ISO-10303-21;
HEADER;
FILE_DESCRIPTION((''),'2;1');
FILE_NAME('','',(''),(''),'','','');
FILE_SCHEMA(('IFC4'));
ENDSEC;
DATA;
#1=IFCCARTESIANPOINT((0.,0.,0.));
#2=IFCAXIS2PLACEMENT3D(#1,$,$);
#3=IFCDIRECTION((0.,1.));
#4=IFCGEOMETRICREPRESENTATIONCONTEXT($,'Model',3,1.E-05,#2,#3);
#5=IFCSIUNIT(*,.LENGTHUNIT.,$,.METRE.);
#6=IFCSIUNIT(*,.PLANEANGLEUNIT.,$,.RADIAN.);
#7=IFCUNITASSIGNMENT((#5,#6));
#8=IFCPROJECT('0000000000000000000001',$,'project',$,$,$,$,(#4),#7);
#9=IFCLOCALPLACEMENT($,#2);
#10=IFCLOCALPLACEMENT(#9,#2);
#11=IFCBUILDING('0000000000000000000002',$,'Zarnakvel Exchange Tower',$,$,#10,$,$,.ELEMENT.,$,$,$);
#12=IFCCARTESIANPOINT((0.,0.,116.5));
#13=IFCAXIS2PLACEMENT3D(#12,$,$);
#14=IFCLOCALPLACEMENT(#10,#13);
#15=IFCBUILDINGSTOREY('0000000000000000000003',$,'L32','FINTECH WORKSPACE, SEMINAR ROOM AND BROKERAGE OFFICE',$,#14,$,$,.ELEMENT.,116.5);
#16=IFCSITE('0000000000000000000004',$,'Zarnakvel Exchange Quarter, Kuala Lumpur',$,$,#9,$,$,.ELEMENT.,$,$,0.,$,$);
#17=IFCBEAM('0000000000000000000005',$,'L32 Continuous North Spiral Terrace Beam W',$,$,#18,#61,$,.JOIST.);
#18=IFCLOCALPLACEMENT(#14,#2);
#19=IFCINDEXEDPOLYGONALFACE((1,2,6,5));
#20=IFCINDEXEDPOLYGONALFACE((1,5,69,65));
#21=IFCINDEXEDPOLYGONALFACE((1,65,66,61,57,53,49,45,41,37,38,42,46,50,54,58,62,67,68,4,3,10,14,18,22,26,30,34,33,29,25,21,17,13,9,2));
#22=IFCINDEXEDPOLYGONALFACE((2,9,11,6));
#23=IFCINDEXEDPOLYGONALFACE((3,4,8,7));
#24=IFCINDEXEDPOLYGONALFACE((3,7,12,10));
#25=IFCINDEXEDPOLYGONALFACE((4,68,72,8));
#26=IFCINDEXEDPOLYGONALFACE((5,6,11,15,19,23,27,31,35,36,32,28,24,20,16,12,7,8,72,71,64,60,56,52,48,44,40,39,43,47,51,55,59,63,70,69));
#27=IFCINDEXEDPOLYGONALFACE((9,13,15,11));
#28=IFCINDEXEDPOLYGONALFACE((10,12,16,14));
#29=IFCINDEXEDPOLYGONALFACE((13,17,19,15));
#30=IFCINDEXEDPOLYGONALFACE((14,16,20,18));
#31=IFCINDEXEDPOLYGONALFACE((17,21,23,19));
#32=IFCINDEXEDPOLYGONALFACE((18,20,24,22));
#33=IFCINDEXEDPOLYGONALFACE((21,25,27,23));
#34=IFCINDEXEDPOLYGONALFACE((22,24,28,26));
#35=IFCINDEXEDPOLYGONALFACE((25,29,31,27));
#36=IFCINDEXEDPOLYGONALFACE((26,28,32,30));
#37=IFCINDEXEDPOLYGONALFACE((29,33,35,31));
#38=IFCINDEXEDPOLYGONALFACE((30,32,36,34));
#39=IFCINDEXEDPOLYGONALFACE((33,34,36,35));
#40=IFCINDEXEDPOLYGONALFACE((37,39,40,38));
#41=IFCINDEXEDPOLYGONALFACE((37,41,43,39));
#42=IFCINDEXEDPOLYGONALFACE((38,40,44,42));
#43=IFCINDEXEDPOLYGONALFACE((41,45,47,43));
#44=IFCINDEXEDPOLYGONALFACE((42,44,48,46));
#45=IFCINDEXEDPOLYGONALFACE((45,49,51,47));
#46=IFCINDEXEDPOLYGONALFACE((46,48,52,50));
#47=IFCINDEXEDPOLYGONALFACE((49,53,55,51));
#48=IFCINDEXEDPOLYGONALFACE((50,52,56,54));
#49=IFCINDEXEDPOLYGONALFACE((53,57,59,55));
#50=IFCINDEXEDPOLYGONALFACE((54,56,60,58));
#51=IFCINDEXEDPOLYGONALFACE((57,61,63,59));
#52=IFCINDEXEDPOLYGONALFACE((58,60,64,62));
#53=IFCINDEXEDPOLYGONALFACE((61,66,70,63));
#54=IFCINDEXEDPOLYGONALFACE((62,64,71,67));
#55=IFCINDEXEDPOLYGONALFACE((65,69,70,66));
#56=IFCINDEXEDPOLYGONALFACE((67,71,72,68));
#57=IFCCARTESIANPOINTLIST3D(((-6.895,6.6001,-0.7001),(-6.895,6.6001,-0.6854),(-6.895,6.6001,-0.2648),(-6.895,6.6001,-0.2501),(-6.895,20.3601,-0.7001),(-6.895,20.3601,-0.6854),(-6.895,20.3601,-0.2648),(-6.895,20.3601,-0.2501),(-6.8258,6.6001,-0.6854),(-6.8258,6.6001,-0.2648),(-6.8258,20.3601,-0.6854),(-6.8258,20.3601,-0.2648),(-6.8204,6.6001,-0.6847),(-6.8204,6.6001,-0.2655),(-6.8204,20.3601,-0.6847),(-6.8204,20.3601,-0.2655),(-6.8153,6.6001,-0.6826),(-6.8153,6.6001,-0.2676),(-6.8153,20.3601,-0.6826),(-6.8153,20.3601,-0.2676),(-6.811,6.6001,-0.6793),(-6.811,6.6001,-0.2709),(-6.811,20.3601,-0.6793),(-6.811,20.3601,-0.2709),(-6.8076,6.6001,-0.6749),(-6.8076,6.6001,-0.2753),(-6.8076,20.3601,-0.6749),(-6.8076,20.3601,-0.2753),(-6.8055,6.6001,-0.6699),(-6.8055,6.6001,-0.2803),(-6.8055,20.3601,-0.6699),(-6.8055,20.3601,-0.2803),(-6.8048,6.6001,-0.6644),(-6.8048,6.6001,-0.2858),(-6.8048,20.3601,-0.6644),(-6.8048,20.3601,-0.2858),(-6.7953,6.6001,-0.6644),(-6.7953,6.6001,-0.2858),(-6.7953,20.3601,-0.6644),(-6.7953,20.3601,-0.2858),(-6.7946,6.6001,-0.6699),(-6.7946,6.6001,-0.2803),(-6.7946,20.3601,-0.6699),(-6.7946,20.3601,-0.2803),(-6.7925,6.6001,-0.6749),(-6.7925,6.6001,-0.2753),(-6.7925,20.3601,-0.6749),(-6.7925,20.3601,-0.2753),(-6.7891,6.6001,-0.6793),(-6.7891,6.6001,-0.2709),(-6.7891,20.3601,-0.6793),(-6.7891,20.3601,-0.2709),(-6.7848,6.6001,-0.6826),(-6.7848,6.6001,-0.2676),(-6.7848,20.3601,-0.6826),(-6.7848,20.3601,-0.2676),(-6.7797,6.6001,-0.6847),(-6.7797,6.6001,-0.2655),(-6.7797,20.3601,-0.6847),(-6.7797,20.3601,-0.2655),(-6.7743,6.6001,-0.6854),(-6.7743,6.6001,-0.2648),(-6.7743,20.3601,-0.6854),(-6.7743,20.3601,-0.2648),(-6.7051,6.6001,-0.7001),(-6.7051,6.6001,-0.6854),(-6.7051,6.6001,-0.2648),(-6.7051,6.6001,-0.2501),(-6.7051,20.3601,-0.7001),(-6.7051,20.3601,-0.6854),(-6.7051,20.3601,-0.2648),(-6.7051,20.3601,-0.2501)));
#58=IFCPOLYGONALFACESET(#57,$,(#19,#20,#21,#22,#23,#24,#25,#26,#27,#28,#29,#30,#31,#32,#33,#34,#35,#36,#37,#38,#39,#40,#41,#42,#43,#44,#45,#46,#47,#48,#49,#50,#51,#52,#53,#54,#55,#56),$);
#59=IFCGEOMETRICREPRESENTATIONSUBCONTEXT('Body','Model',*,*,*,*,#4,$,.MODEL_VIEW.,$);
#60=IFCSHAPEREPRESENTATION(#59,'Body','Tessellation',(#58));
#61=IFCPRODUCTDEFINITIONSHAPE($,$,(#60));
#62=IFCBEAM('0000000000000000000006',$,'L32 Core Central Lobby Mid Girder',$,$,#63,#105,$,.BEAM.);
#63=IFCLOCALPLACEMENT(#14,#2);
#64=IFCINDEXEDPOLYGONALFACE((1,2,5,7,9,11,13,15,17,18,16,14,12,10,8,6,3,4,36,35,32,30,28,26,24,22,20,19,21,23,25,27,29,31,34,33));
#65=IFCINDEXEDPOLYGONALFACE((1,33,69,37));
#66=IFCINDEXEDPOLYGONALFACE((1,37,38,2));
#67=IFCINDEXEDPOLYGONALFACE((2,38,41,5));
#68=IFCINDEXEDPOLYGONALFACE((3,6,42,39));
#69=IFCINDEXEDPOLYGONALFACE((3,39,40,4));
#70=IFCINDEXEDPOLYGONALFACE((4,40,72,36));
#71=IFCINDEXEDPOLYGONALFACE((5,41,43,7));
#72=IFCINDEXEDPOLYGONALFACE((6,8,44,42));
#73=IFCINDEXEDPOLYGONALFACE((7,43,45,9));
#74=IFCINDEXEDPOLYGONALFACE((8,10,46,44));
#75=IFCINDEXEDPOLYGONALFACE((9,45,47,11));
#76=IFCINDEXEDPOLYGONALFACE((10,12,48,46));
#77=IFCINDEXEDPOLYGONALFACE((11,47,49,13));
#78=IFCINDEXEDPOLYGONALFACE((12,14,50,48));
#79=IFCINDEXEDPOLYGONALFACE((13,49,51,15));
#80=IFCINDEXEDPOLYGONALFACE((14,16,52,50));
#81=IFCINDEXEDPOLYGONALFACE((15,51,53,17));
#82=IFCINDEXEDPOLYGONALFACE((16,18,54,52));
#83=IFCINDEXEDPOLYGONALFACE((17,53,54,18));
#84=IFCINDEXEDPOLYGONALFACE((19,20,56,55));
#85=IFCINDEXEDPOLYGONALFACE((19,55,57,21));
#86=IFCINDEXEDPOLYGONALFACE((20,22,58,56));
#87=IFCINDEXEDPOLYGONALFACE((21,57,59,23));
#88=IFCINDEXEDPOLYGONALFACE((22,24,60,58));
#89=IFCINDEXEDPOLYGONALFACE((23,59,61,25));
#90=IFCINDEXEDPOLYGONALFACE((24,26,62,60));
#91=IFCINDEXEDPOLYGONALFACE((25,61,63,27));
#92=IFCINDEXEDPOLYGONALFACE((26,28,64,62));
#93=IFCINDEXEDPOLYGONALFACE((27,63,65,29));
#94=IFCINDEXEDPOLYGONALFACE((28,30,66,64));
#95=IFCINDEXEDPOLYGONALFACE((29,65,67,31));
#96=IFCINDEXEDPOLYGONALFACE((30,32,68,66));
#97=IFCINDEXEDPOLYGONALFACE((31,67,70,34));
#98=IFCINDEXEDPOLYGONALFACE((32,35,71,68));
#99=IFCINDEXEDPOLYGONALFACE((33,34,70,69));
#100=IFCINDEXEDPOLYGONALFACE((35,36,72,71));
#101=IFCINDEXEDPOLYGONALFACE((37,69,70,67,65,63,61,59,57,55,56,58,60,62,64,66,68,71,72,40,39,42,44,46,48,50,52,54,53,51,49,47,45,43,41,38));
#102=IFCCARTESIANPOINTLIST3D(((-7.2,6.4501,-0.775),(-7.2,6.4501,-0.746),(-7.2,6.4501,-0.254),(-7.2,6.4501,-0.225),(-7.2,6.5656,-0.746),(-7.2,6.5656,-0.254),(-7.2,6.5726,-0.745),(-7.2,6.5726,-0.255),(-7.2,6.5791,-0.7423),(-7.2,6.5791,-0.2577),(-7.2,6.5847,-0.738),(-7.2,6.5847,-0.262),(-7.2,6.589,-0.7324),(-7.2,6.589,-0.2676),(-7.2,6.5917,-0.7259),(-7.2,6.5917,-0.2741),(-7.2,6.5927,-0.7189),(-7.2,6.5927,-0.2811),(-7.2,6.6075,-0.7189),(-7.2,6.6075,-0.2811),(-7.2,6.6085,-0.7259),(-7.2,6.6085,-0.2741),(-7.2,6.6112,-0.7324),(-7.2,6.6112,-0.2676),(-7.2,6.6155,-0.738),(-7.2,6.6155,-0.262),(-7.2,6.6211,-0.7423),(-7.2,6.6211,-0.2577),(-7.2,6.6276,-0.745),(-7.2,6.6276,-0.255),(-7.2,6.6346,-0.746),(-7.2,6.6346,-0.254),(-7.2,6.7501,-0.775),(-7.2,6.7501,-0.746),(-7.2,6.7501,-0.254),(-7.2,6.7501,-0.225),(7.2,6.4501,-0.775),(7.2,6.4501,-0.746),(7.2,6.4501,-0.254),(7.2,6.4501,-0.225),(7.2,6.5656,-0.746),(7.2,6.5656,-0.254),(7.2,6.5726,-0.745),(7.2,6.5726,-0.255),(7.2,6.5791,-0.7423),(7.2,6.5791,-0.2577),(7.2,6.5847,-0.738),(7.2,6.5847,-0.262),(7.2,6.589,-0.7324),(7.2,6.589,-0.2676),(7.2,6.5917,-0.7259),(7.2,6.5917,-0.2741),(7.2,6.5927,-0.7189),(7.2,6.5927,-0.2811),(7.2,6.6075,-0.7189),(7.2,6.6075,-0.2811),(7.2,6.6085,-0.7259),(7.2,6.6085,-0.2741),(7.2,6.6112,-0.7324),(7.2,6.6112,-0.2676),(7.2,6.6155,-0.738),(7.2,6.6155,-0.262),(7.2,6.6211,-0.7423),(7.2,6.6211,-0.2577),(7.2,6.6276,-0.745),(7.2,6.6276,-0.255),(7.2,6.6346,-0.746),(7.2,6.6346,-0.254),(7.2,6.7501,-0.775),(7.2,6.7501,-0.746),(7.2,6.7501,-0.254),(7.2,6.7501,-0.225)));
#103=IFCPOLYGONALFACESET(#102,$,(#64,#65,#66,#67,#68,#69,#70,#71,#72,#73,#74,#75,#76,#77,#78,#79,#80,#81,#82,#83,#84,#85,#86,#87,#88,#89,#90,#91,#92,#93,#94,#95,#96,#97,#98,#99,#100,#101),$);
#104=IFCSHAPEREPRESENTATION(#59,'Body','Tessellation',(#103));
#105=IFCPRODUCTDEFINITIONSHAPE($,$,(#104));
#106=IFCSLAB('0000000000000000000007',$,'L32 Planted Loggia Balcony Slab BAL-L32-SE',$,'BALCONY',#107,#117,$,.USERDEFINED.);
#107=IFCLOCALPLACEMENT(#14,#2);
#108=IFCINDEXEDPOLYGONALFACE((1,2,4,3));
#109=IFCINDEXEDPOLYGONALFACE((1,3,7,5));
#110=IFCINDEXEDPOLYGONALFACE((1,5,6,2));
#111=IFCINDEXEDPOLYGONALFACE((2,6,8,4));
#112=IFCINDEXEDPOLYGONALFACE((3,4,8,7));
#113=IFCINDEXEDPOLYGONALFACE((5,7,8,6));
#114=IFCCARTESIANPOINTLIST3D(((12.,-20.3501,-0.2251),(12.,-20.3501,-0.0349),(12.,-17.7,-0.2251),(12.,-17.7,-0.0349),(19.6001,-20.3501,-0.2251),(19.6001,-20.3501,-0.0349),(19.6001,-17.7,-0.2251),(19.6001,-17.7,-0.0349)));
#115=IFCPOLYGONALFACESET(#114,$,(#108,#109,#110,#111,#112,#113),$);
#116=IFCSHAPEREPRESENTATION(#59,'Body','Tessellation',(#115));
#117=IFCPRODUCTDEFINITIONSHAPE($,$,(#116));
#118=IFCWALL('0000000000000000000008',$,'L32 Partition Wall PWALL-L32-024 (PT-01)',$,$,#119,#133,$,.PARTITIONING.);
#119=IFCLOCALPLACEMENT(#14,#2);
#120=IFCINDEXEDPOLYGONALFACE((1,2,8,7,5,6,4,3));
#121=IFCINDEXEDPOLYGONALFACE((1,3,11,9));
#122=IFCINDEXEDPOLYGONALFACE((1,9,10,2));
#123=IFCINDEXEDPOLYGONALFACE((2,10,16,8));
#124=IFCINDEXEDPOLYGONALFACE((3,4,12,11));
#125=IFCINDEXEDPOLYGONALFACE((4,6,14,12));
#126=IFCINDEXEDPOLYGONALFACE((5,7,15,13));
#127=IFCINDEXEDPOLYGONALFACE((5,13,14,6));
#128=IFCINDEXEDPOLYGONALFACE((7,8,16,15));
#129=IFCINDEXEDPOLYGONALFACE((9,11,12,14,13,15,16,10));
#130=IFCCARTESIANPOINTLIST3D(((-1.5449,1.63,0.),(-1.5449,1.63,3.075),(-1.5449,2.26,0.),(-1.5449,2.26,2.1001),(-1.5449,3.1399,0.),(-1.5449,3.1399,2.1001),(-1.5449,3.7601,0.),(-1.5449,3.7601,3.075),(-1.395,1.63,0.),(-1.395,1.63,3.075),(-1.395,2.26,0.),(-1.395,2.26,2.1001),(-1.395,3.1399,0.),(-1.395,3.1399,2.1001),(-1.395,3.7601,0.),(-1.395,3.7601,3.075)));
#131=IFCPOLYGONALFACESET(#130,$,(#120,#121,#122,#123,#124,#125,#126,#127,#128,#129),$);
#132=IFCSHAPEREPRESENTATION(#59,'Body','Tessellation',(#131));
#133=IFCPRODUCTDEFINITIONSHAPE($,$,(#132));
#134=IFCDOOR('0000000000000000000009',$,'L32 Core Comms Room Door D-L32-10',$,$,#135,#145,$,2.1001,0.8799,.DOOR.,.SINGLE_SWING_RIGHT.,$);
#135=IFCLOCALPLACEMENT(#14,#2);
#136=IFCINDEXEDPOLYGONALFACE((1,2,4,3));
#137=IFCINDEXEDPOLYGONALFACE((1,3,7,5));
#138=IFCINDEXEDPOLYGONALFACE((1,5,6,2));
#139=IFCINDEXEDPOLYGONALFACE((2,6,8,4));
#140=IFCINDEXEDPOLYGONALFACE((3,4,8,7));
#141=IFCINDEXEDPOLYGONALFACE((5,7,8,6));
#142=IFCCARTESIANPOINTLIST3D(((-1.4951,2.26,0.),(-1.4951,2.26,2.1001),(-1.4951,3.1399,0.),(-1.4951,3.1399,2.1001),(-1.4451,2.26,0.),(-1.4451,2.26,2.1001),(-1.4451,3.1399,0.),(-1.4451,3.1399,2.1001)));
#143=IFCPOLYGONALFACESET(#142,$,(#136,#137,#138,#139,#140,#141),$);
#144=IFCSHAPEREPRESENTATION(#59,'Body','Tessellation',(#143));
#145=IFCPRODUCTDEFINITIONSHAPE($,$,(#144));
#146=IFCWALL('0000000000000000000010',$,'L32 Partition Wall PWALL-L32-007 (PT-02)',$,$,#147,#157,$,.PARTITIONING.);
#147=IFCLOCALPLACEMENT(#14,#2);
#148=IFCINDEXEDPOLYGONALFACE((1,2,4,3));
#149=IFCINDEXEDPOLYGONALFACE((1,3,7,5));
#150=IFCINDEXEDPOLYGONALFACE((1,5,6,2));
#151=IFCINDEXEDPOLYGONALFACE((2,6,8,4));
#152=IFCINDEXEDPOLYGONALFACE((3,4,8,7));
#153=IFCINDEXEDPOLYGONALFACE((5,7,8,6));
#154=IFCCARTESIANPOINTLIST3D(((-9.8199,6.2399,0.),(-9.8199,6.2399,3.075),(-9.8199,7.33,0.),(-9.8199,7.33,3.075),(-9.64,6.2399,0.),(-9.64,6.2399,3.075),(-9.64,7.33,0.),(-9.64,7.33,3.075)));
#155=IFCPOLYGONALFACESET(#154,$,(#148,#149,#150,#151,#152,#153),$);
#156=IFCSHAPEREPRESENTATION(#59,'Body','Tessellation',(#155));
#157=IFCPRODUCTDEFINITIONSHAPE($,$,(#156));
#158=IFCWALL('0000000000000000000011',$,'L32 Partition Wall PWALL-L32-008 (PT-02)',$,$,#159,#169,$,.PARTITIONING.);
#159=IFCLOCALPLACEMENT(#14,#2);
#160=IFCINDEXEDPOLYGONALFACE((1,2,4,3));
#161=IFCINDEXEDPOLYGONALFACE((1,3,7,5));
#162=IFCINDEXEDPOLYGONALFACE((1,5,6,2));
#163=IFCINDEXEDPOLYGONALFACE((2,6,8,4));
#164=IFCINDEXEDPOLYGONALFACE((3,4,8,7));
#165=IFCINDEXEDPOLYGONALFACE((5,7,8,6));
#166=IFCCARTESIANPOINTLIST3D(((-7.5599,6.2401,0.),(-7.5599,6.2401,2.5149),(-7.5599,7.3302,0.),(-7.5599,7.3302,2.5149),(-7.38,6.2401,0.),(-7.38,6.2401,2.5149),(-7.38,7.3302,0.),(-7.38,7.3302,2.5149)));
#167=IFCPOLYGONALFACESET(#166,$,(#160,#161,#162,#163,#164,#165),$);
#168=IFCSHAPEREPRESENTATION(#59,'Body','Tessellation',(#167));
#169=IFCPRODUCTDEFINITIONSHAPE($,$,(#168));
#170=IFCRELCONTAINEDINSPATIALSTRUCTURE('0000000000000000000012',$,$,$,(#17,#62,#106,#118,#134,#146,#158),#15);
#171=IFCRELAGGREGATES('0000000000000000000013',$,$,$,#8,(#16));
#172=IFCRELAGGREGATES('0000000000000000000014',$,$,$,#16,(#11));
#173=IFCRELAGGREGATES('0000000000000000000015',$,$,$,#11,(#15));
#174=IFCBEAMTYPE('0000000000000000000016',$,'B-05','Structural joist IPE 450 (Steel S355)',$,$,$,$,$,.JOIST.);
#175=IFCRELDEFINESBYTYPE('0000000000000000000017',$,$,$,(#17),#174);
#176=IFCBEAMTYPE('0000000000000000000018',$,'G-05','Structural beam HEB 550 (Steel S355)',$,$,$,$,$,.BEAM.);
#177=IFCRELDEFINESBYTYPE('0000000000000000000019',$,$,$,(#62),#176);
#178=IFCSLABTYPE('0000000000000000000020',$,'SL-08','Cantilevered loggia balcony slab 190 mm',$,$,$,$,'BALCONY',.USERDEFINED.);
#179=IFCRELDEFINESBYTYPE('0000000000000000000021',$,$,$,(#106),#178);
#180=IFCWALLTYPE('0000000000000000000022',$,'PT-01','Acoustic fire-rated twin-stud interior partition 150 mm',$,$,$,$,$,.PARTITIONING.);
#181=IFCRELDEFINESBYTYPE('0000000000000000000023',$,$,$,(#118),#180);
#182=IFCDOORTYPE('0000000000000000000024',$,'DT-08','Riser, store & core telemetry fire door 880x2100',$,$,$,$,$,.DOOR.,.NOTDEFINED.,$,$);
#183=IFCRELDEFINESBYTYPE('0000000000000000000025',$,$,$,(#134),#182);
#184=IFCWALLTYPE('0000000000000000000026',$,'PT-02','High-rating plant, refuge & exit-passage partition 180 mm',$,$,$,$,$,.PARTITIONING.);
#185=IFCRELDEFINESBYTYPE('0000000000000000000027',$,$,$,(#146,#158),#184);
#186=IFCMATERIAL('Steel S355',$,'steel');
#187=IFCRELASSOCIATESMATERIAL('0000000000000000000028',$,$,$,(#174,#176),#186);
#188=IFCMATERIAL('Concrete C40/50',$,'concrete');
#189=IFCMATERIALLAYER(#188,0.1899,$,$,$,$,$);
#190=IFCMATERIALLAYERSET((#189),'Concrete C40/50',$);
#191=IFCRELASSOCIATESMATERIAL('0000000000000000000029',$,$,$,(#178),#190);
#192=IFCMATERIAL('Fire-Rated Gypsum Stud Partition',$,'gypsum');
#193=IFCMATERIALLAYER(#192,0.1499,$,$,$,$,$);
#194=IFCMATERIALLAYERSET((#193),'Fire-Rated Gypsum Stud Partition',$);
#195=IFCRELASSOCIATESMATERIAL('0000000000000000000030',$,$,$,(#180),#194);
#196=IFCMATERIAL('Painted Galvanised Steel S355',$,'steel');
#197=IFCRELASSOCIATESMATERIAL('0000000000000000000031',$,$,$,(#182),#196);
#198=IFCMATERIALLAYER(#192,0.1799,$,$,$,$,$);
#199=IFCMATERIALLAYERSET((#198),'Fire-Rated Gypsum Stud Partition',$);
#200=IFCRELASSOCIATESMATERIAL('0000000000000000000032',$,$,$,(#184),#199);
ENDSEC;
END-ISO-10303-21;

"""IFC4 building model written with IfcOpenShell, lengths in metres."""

from ifc_helpers import new_model, si_unit, direction, frame, frame_2d, origin, origin_2d, place, context, subcontext, project, spatial, polyline, rectangle, i_section, outline, extrude, source, transform, mapped, material, layer, layer_set, material_profile, profile_set, type_object, element, fill, save


model = new_model("IFC4")

# Units and contexts
model_context = context("Model", 3, precision=1e-05, world=origin(), true_north=direction((0.0, 1.0)))
body_context = subcontext(model_context, "Body", "Model", "MODEL_VIEW")
ifc_project = project(units=[si_unit("LENGTHUNIT", "METRE"), si_unit("PLANEANGLEUNIT", "RADIAN")], contexts=[model_context])

# Site, building, storey
site_placement = place(None, origin())
site = spatial("IfcSite", under=ifc_project, at=site_placement, Name="Zarnakvel Exchange Quarter, Kuala Lumpur", CompositionType="ELEMENT", RefElevation=0.0)
building_placement = place(site_placement, origin())
building = spatial("IfcBuilding", under=site, at=building_placement, Name="Zarnakvel Exchange Tower", CompositionType="ELEMENT")
storey_placement = place(building_placement, frame((0.0, 0.0, 116.5)))
storey = spatial("IfcBuildingStorey", under=building, at=storey_placement, Name="L32", Description="FINTECH WORKSPACE, SEMINAR ROOM AND BROKERAGE OFFICE", CompositionType="ELEMENT", Elevation=116.5)

# Beams
ifc_material_1 = material(Name="Steel S355", Category="steel")
ifc_material_profile_1 = material_profile(ifc_material_1, i_section(OverallWidth=0.1899, OverallDepth=0.45, WebThickness=0.0095, FlangeThickness=0.0146, FilletRadius=0.021, at=origin_2d()))
ifc_profile_set_1 = profile_set([ifc_material_profile_1], Name="Steel S355")
beam_type_1 = type_object("IfcBeamType", Name="B-05", Description="Structural joist IPE 450 (Steel S355)", PredefinedType="JOIST", material=ifc_profile_set_1)
beam_1_placement = place(storey_placement, frame((-6.8, 6.6001, -0.4751), z_axis=(0.0, 1.0, 0.0), x_axis=(-1.0, 0.0, 0.0)))
element("IfcBeam", 1, at=beam_1_placement, inside=storey, type_object=beam_type_1, Name="L32 Continuous North Spiral Terrace Beam W", PredefinedType="JOIST", context=body_context, shape_type="SweptSolid", body=[
    extrude(i_section(OverallWidth=0.1899, OverallDepth=0.45, WebThickness=0.0095, FlangeThickness=0.0146, FilletRadius=0.021, at=origin_2d()), origin(), (0.0, 0.0, 1.0), 13.76),
])
ifc_material_profile_2 = material_profile(ifc_material_1, i_section(OverallWidth=0.3, OverallDepth=0.55, WebThickness=0.0149, FlangeThickness=0.0291, FilletRadius=0.0271, at=origin_2d()))
ifc_profile_set_2 = profile_set([ifc_material_profile_2], Name="Steel S355")
beam_type_2 = type_object("IfcBeamType", Name="G-05", Description="Structural beam HEB 550 (Steel S355)", PredefinedType="BEAM", material=ifc_profile_set_2)
beam_2_placement = place(storey_placement, frame((-7.2, 6.6001, -0.5), z_axis=(1.0, 0.0, 0.0), x_axis=(0.0, 1.0, 0.0)))
element("IfcBeam", 2, at=beam_2_placement, inside=storey, type_object=beam_type_2, Name="L32 Core Central Lobby Mid Girder", PredefinedType="BEAM", context=body_context, shape_type="SweptSolid", body=[
    extrude(i_section(OverallWidth=0.3, OverallDepth=0.55, WebThickness=0.0149, FlangeThickness=0.0291, FilletRadius=0.0271, at=origin_2d()), origin(), (0.0, 0.0, 1.0), 14.3999),
])

# Slab
ifc_material_2 = material(Name="Concrete C40/50", Category="concrete")
ifc_layer_1 = layer(ifc_material_2, 0.1899)
ifc_layer_set_1 = layer_set([ifc_layer_1], Name="Concrete C40/50")
slab_type = type_object("IfcSlabType", Name="SL-08", Description="Cantilevered loggia balcony slab 190 mm", ElementType="BALCONY", PredefinedType="USERDEFINED", material=ifc_layer_set_1)
slab_placement = place(storey_placement, frame((0.0, 0.0, -0.2251)))
element("IfcSlab", 3, at=slab_placement, inside=storey, type_object=slab_type, Name="L32 Planted Loggia Balcony Slab BAL-L32-SE", ObjectType="BALCONY", PredefinedType="USERDEFINED", context=body_context, shape_type="SweptSolid", body=[
    extrude(outline(polyline([(12.0, -20.3501), (19.6001, -20.3501), (19.6001, -17.7), (12.0, -17.7), (12.0, -20.3501)])), origin(), (0.0, 0.0, 1.0), 0.1902),
])

# Wall, opening, door
ifc_material_3 = material(Name="Fire-Rated Gypsum Stud Partition", Category="gypsum")
ifc_layer_2 = layer(ifc_material_3, 0.1499)
ifc_layer_set_2 = layer_set([ifc_layer_2], Name="Fire-Rated Gypsum Stud Partition")
wall_type_1 = type_object("IfcWallType", Name="PT-01", Description="Acoustic fire-rated twin-stud interior partition 150 mm", PredefinedType="PARTITIONING", material=ifc_layer_set_2)
wall_1_placement = place(storey_placement, frame((-1.47, 3.76, 0.0), z_axis=(0.0, 0.0, 1.0), x_axis=(0.0, -1.0, 0.0)))
wall_1 = element("IfcWall", 4, at=wall_1_placement, inside=storey, type_object=wall_type_1, Name="L32 Partition Wall PWALL-L32-024 (PT-01)", PredefinedType="PARTITIONING", context=body_context, shape_type="SweptSolid", body=[
    extrude(rectangle(XDim=2.1301, YDim=0.1499, at=frame_2d((1.0649, 0.0))), origin(), (0.0, 0.0, 1.0), 3.075),
])
opening_1_placement = place(wall_1_placement, frame((0.6201, 0.0, 0.0)))
opening_1 = element("IfcOpeningElement", 5, at=opening_1_placement, cuts=wall_1, PredefinedType="OPENING", context=body_context, shape_type="SweptSolid", body=[
    extrude(rectangle(XDim=0.8799, YDim=2.1001, at=frame_2d((0.4399, 1.05))), frame((0.0, 0.085, 0.0), z_axis=(0.0, -1.0, 0.0), x_axis=(1.0, 0.0, 0.0)), (0.0, 0.0, 1.0), 0.1699),
])
ifc_material_4 = material(Name="Painted Galvanised Steel S355", Category="steel")
door_type_1 = type_object("IfcDoorType", Name="DT-08", Description="Riser, store & core telemetry fire door 880x2100", OperationType="NOTDEFINED", PredefinedType="DOOR", material=ifc_material_4)
shared_shape_1 = source(origin(), body_context, "Body", "SweptSolid", [
    extrude(rectangle(XDim=0.8799, YDim=2.1001, at=frame_2d((0.4399, 1.05))), frame((0.0, 0.0249, 0.0), z_axis=(0.0, -1.0, 0.0), x_axis=(1.0, 0.0, 0.0)), (0.0, 0.0, 1.0), 0.05),
])
door_1_placement = place(opening_1_placement, origin())
door_1 = element("IfcDoor", 6, at=door_1_placement, inside=storey, type_object=door_type_1, Name="L32 Core Comms Room Door D-L32-10", OperationType="SINGLE_SWING_RIGHT", OverallHeight=2.1001, OverallWidth=0.8799, PredefinedType="DOOR", context=body_context, shape_type="MappedRepresentation", body=[
    mapped(shared_shape_1, transform((0.0, 0.0, 0.0), x_axis=(1.0, 0.0, 0.0), y_axis=(0.0, 1.0, 0.0), z_axis=(0.0, 0.0, 1.0), scale=1.0)),
])
fill(opening_1, door_1)

# Walls
ifc_layer_3 = layer(ifc_material_3, 0.1799)
ifc_layer_set_3 = layer_set([ifc_layer_3], Name="Fire-Rated Gypsum Stud Partition")
wall_type_2 = type_object("IfcWallType", Name="PT-02", Description="High-rating plant, refuge & exit-passage partition 180 mm", PredefinedType="PARTITIONING", material=ifc_layer_set_3)
wall_2_placement = place(storey_placement, frame((-9.73, 6.24, 0.0), z_axis=(0.0, 0.0, 1.0), x_axis=(0.0, 1.0, 0.0)))
element("IfcWall", 7, at=wall_2_placement, inside=storey, type_object=wall_type_2, Name="L32 Partition Wall PWALL-L32-007 (PT-02)", PredefinedType="PARTITIONING", context=body_context, shape_type="SweptSolid", body=[
    extrude(rectangle(XDim=1.0901, YDim=0.1799, at=frame_2d((0.5449, 0.0))), origin(), (0.0, 0.0, 1.0), 3.075),
])
wall_3_placement = place(storey_placement, frame((-7.47, 7.3301, 0.0), z_axis=(0.0, 0.0, 1.0), x_axis=(0.0, -1.0, 0.0)))
element("IfcWall", 8, at=wall_3_placement, inside=storey, type_object=wall_type_2, Name="L32 Partition Wall PWALL-L32-008 (PT-02)", PredefinedType="PARTITIONING", context=body_context, shape_type="SweptSolid", body=[
    extrude(rectangle(XDim=1.0901, YDim=0.1799, at=frame_2d((0.5449, 0.0))), origin(), (0.0, 0.0, 1.0), 2.5149),
])

save(model, "model.ifc")
